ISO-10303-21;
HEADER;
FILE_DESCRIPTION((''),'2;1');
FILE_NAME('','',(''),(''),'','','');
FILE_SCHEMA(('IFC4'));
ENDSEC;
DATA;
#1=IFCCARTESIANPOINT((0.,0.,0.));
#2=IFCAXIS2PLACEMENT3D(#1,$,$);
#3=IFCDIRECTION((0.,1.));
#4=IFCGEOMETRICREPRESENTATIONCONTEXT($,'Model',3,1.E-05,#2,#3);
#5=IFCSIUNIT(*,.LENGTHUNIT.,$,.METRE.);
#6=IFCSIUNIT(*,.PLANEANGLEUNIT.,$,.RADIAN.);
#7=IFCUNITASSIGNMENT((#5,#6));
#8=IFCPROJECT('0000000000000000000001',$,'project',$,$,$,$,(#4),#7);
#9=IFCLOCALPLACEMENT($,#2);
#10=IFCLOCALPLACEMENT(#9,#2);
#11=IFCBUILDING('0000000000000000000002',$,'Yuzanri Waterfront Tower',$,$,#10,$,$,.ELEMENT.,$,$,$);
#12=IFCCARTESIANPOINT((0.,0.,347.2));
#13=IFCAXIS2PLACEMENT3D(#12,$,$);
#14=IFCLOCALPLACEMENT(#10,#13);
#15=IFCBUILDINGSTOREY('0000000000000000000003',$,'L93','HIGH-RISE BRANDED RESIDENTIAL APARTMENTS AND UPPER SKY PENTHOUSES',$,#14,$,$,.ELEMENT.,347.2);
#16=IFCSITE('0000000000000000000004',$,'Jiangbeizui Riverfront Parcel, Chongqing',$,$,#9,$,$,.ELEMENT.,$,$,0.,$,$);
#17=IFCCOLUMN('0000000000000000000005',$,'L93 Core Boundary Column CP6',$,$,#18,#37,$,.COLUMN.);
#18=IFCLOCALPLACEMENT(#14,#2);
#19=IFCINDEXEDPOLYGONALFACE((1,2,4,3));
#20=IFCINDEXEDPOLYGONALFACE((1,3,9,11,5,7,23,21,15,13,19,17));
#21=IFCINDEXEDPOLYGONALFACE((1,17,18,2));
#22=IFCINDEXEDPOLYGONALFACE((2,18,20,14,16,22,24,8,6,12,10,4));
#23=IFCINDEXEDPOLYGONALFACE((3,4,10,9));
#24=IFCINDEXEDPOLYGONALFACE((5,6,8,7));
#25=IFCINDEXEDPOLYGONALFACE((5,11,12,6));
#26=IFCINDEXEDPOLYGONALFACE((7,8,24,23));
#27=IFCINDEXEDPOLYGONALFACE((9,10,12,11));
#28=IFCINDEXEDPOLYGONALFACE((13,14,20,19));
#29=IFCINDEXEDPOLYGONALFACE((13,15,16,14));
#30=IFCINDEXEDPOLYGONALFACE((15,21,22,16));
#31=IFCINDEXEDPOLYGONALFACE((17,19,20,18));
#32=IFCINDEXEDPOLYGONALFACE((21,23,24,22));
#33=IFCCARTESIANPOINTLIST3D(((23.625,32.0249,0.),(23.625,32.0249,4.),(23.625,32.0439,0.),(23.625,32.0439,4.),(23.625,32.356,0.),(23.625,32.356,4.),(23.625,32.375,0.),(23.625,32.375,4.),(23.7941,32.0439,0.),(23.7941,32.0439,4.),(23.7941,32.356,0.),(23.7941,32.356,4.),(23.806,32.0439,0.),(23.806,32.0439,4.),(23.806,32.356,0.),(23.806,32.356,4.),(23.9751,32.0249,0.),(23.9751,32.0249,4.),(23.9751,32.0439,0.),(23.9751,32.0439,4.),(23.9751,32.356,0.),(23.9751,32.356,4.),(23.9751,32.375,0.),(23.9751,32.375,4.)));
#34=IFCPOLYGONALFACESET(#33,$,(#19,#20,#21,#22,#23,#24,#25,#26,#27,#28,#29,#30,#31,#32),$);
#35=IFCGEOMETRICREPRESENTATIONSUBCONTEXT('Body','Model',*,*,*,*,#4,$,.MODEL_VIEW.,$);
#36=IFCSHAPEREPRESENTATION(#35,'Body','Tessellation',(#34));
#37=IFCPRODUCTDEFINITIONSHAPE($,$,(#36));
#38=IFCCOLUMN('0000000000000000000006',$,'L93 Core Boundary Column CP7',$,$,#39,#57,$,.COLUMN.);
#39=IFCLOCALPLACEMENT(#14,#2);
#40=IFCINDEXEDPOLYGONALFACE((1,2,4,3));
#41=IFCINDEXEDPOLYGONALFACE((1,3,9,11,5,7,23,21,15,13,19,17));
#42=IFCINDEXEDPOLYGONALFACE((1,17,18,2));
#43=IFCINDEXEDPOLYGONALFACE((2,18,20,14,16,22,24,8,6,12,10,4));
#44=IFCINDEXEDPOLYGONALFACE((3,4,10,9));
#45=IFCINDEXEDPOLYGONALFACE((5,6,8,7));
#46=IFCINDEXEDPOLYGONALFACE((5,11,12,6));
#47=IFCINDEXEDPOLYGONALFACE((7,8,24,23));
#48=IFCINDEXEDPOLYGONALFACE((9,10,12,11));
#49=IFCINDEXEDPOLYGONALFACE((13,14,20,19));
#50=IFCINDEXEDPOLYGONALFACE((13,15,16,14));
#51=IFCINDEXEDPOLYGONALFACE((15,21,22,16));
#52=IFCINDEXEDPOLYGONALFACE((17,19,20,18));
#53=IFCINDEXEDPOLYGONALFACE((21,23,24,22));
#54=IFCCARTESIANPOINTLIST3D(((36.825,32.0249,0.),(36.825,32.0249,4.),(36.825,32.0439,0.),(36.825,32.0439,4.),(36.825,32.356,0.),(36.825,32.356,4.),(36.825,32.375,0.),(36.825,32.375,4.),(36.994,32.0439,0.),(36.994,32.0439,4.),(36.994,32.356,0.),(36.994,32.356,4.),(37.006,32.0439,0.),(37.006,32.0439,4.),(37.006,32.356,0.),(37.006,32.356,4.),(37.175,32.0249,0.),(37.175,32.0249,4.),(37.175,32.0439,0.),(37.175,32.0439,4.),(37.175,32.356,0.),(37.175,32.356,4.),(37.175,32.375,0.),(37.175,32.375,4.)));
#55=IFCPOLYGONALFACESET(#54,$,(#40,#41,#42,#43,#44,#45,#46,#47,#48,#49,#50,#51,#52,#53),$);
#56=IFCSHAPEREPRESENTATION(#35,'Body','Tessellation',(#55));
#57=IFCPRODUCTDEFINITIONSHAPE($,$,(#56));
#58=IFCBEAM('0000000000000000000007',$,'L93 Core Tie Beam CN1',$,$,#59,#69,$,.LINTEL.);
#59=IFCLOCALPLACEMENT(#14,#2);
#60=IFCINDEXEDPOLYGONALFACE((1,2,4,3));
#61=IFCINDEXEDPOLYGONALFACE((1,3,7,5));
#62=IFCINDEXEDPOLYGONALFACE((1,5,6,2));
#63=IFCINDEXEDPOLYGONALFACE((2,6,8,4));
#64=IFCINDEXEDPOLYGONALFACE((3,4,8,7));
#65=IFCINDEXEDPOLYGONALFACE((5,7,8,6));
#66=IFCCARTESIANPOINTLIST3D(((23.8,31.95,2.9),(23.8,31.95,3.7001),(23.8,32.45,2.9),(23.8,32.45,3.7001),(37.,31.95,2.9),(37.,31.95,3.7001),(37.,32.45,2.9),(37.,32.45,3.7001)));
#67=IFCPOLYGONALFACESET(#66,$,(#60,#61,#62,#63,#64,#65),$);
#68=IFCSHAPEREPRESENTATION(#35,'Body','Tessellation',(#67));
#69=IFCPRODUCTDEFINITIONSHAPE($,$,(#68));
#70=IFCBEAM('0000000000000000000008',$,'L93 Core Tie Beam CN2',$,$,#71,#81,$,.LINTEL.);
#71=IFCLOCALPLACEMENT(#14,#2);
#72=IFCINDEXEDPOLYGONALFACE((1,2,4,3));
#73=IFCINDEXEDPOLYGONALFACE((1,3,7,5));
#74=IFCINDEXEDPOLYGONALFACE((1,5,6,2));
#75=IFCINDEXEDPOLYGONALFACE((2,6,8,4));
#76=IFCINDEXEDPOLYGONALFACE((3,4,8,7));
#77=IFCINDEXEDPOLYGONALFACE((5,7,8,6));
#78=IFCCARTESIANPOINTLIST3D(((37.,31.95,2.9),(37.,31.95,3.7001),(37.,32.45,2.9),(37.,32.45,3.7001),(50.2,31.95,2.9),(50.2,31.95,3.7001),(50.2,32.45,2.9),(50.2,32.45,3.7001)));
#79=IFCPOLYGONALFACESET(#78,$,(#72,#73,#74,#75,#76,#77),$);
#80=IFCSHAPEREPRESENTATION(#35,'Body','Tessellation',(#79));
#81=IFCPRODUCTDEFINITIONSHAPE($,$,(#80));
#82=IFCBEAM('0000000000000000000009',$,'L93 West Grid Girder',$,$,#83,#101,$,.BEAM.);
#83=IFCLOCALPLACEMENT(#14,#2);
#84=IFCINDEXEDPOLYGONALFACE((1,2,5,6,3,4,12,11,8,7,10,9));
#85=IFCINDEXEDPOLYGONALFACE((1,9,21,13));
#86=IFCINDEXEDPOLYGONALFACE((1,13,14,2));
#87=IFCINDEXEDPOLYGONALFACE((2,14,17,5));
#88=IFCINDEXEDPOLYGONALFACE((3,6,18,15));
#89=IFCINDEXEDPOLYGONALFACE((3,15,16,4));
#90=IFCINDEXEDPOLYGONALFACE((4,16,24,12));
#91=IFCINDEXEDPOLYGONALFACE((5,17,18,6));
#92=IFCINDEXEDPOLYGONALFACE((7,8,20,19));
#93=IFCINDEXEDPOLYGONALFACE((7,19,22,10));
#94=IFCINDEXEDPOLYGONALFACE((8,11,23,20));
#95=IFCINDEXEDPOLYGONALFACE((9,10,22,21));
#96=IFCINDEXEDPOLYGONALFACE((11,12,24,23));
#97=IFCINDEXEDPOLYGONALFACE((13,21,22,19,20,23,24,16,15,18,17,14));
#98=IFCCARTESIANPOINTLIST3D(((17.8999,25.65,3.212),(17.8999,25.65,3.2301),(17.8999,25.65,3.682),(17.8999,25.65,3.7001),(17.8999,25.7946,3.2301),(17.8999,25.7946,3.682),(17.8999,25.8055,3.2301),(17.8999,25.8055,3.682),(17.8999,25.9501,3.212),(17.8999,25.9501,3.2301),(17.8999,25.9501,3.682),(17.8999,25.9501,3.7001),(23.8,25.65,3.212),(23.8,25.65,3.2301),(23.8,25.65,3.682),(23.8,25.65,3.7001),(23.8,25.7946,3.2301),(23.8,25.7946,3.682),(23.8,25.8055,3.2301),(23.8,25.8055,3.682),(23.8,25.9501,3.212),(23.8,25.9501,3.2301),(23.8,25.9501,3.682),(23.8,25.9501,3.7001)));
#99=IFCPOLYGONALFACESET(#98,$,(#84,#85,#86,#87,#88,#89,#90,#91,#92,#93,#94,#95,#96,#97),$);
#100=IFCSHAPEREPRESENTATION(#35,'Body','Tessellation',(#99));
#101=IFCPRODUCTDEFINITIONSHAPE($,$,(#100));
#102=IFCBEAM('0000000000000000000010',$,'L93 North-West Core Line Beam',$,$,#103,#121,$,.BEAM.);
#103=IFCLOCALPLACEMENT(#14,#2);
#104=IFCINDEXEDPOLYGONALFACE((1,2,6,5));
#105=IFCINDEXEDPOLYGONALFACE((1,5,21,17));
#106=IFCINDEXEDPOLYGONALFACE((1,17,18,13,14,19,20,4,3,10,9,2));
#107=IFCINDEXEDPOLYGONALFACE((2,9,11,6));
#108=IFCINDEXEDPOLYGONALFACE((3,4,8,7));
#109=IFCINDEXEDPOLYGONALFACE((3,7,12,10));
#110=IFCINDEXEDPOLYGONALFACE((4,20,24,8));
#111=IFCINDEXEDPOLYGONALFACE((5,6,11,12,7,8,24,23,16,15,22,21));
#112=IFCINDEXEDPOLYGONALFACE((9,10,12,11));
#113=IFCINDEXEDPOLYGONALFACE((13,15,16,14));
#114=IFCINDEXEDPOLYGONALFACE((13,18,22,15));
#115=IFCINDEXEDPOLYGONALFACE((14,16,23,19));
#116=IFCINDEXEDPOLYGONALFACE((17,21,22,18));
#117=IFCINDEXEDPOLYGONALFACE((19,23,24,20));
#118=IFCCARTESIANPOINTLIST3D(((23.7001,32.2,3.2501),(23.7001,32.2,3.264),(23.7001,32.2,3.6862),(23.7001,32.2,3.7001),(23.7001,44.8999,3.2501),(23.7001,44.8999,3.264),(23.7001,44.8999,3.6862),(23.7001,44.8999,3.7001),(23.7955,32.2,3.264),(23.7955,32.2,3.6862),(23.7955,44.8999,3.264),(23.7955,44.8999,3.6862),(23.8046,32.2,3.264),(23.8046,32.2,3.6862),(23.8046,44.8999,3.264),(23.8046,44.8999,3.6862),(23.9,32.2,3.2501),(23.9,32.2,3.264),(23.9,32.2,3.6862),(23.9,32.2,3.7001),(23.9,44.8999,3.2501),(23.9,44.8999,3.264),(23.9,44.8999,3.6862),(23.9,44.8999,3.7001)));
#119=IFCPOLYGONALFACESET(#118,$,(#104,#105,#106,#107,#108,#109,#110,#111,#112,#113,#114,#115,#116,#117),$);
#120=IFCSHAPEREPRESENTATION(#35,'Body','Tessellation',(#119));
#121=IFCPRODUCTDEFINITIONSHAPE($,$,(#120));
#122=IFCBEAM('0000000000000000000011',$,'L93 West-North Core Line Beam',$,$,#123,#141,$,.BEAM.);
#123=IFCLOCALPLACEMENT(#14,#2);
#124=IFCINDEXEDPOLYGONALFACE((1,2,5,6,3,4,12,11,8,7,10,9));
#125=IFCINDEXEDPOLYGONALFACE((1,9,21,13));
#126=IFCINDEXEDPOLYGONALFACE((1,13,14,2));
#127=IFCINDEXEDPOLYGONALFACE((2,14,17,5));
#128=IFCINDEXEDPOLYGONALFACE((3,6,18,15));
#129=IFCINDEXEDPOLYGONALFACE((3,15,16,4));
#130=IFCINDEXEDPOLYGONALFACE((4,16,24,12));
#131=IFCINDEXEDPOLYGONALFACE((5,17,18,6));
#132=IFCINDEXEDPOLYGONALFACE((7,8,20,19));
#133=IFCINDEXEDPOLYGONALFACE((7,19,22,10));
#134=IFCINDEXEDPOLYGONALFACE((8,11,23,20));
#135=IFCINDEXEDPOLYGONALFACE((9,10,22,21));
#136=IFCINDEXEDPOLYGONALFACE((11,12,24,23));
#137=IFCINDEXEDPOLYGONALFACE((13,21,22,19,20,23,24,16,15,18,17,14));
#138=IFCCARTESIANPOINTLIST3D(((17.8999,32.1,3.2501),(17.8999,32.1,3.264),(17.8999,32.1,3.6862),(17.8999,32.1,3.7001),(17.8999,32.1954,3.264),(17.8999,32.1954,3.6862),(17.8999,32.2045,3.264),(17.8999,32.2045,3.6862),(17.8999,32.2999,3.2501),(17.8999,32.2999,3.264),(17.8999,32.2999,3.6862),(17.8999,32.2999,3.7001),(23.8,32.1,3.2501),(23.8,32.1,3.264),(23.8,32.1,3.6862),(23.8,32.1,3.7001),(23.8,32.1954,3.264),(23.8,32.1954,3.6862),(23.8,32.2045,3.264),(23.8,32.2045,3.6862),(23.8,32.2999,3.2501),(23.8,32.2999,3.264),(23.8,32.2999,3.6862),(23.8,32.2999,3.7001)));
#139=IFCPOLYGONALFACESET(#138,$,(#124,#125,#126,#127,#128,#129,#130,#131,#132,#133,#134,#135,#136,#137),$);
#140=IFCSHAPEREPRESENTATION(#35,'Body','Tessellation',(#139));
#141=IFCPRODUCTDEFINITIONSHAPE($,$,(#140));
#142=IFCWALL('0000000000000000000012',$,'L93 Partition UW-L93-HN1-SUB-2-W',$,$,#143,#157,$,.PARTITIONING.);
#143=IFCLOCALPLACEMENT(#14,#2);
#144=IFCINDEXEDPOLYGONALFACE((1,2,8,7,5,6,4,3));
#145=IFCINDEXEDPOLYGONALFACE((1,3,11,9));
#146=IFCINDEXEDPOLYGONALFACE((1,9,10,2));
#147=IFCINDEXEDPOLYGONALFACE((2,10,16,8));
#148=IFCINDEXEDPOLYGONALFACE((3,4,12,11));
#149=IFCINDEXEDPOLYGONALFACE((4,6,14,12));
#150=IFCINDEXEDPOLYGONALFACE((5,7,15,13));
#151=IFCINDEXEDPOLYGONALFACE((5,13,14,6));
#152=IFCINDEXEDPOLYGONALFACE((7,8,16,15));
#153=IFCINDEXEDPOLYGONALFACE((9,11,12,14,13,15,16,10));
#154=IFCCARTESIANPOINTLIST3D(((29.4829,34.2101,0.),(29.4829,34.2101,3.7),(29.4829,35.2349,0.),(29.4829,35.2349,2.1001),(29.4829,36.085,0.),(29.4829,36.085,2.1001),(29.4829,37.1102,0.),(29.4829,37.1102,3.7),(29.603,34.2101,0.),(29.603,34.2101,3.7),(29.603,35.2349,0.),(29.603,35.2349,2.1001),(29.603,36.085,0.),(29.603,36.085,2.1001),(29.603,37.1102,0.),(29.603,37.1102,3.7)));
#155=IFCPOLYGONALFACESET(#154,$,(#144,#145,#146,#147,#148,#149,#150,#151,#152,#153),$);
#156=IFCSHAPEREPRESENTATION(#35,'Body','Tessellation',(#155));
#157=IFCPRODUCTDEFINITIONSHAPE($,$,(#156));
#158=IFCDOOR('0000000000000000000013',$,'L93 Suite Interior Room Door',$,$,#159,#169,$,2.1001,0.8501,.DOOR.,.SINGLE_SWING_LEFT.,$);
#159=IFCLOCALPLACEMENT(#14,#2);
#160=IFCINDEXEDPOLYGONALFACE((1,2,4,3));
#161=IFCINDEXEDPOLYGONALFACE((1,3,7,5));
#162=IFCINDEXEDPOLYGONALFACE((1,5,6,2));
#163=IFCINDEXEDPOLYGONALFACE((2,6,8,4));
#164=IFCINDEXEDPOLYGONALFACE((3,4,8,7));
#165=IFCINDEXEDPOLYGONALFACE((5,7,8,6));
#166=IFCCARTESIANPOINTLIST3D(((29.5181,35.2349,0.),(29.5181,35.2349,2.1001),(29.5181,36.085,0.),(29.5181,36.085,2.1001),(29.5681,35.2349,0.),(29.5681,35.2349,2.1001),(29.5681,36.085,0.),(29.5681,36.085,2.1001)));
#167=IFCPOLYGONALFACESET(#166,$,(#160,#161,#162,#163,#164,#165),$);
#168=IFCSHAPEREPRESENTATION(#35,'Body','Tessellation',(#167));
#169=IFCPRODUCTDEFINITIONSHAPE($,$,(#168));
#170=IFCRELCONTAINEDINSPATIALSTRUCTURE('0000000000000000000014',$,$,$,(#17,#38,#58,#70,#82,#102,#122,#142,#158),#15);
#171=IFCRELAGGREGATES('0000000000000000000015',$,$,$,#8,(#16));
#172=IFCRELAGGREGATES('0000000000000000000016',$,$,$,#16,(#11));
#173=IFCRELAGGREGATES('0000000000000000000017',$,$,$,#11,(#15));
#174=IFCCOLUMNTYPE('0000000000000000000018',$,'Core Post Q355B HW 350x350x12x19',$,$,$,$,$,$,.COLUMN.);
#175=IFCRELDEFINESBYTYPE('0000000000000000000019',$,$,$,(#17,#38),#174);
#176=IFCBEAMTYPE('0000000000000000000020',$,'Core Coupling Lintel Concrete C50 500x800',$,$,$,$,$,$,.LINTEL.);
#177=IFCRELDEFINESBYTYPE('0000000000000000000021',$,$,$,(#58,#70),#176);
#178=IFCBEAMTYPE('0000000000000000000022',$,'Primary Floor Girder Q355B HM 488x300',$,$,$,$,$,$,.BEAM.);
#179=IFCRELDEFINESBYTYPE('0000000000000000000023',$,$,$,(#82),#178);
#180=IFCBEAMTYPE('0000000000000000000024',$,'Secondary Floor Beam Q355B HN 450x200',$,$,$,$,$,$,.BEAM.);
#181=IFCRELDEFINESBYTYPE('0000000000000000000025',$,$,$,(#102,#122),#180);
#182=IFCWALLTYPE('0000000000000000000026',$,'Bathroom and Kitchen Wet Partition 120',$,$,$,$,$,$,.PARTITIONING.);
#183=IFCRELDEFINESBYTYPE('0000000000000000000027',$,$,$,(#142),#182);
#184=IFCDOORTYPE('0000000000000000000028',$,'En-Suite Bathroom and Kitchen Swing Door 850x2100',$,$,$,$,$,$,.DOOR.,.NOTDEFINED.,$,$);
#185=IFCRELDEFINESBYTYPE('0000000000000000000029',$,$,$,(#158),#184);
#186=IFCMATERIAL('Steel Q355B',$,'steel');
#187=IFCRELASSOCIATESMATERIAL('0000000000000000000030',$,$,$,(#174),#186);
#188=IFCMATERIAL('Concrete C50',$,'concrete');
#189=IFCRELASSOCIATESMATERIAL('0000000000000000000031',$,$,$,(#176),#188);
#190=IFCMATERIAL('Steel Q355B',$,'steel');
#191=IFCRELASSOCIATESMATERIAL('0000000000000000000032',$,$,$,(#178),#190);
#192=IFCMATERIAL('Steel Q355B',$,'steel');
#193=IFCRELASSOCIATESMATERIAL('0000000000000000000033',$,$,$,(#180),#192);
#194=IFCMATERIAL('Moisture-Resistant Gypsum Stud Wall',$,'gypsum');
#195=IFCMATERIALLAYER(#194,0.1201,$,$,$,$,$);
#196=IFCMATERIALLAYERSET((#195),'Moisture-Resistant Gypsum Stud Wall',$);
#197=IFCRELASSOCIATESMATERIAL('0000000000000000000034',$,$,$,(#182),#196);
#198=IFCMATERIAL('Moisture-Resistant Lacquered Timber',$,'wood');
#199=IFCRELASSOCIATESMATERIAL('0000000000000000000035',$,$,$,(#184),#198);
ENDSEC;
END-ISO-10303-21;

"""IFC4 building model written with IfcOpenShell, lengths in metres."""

from ifc_helpers import new_model, si_unit, direction, frame, frame_2d, origin, origin_2d, place, context, subcontext, project, spatial, rectangle, i_section, extrude, source, transform, mapped, material, layer, layer_set, material_profile, profile_set, type_object, element, fill, save


model = new_model("IFC4")

# Units and contexts
model_context = context("Model", 3, precision=1e-05, world=origin(), true_north=direction((0.0, 1.0)))
body_context = subcontext(model_context, "Body", "Model", "MODEL_VIEW")
ifc_project = project(units=[si_unit("LENGTHUNIT", "METRE"), si_unit("PLANEANGLEUNIT", "RADIAN")], contexts=[model_context])

# Site, building, storey
site_placement = place(None, origin())
site = spatial("IfcSite", under=ifc_project, at=site_placement, Name="Jiangbeizui Riverfront Parcel, Chongqing", CompositionType="ELEMENT", RefElevation=0.0)
building_placement = place(site_placement, origin())
building = spatial("IfcBuilding", under=site, at=building_placement, Name="Yuzanri Waterfront Tower", CompositionType="ELEMENT")
storey_placement = place(building_placement, frame((0.0, 0.0, 347.2)))
storey = spatial("IfcBuildingStorey", under=building, at=storey_placement, Name="L93", Description="HIGH-RISE BRANDED RESIDENTIAL APARTMENTS AND UPPER SKY PENTHOUSES", CompositionType="ELEMENT", Elevation=347.2)

# Columns
ifc_material_1 = material(Name="Steel Q355B", Category="steel")
ifc_material_profile_1 = material_profile(ifc_material_1, i_section(OverallWidth=0.3501, OverallDepth=0.3501, WebThickness=0.012, FlangeThickness=0.019, at=origin_2d()), Name="HW 350x350x12x19")
ifc_profile_set_1 = profile_set([ifc_material_profile_1], Name="Steel Q355B")
column_type = type_object("IfcColumnType", Name="Core Post Q355B HW 350x350x12x19", PredefinedType="COLUMN", material=ifc_profile_set_1)
shared_shape_1 = source(origin(), body_context, "Body", "SweptSolid", [
    extrude(i_section(OverallWidth=0.3501, OverallDepth=0.3501, WebThickness=0.012, FlangeThickness=0.019, at=origin_2d()), origin(), (0.0, 0.0, 1.0), 4.0),
])
for number, where, z_axis, x_axis, name in (
    (1, (23.8, 32.2, 0.0), (0.0, 0.0, 1.0), (1.0, 0.0, 0.0), "L93 Core Boundary Column CP6"),
    (2, (37.0, 32.2, 0.0), (0.0, 0.0, 1.0), (1.0, 0.0, 0.0), "L93 Core Boundary Column CP7"),
):
    element("IfcColumn", number, at=place(storey_placement, frame(where, z_axis=z_axis, x_axis=x_axis)), inside=storey, type_object=column_type, Name=name, PredefinedType="COLUMN", context=body_context, shape_type="MappedRepresentation", body=[
        mapped(shared_shape_1, transform((0.0, 0.0, 0.0), scale=1.0)),
    ])

# Beams
ifc_material_2 = material(Name="Concrete C50", Category="concrete")
ifc_material_profile_2 = material_profile(ifc_material_2, rectangle(XDim=0.5, YDim=0.8, at=origin_2d()), Name="RC 500x800")
ifc_profile_set_2 = profile_set([ifc_material_profile_2], Name="Concrete C50")
beam_type_1 = type_object("IfcBeamType", Name="Core Coupling Lintel Concrete C50 500x800", PredefinedType="LINTEL", material=ifc_profile_set_2)
shared_shape_2 = source(origin(), body_context, "Body", "SweptSolid", [
    extrude(rectangle(XDim=0.5, YDim=0.8, at=origin_2d()), origin(), (0.0, 0.0, 1.0), 13.2),
])
for number, where, z_axis, x_axis, name in (
    (3, (23.8, 32.2, 3.3), (1.0, 0.0, 0.0), (0.0, 1.0, 0.0), "L93 Core Tie Beam CN1"),
    (4, (37.0, 32.2, 3.3), (1.0, 0.0, 0.0), (0.0, 1.0, 0.0), "L93 Core Tie Beam CN2"),
):
    element("IfcBeam", number, at=place(storey_placement, frame(where, z_axis=z_axis, x_axis=x_axis)), inside=storey, type_object=beam_type_1, Name=name, PredefinedType="LINTEL", context=body_context, shape_type="MappedRepresentation", body=[
        mapped(shared_shape_2, transform((0.0, 0.0, 0.0), scale=1.0)),
    ])
ifc_material_3 = material(Name="Steel Q355B", Category="steel")
ifc_material_profile_3 = material_profile(ifc_material_3, i_section(OverallWidth=0.3, OverallDepth=0.488, WebThickness=0.011, FlangeThickness=0.0181, at=origin_2d()), Name="HM 488x300x11x18")
ifc_profile_set_3 = profile_set([ifc_material_profile_3], Name="Steel Q355B")
beam_type_2 = type_object("IfcBeamType", Name="Primary Floor Girder Q355B HM 488x300", PredefinedType="BEAM", material=ifc_profile_set_3)
shared_shape_3 = source(origin(), body_context, "Body", "SweptSolid", [
    extrude(i_section(OverallWidth=0.3, OverallDepth=0.488, WebThickness=0.011, FlangeThickness=0.0181, at=origin_2d()), origin(), (0.0, 0.0, 1.0), 5.9001),
])
beam_1_placement = place(storey_placement, frame((23.8, 25.8, 3.4561), z_axis=(-1.0, 0.0, 0.0), x_axis=(0.0, -1.0, 0.0)))
element("IfcBeam", 5, at=beam_1_placement, inside=storey, type_object=beam_type_2, Name="L93 West Grid Girder", PredefinedType="BEAM", context=body_context, shape_type="MappedRepresentation", body=[
    mapped(shared_shape_3, transform((0.0, 0.0, 0.0), scale=1.0)),
])
ifc_material_4 = material(Name="Steel Q355B", Category="steel")
ifc_material_profile_4 = material_profile(ifc_material_4, i_section(OverallWidth=0.2, OverallDepth=0.45, WebThickness=0.009, FlangeThickness=0.0139, at=origin_2d()), Name="HN 450x200x9x14")
ifc_profile_set_4 = profile_set([ifc_material_profile_4], Name="Steel Q355B")
beam_type_3 = type_object("IfcBeamType", Name="Secondary Floor Beam Q355B HN 450x200", PredefinedType="BEAM", material=ifc_profile_set_4)
shared_shape_4 = source(origin(), body_context, "Body", "SweptSolid", [
    extrude(i_section(OverallWidth=0.2, OverallDepth=0.45, WebThickness=0.009, FlangeThickness=0.0139, at=origin_2d()), origin(), (0.0, 0.0, 1.0), 12.7),
])
beam_2_placement = place(storey_placement, frame((23.8, 32.2, 3.4751), z_axis=(0.0, 1.0, 0.0), x_axis=(-1.0, 0.0, 0.0)))
element("IfcBeam", 6, at=beam_2_placement, inside=storey, type_object=beam_type_3, Name="L93 North-West Core Line Beam", PredefinedType="BEAM", context=body_context, shape_type="MappedRepresentation", body=[
    mapped(shared_shape_4, transform((0.0, 0.0, 0.0), scale=1.0)),
])
shared_shape_5 = source(origin(), body_context, "Body", "SweptSolid", [
    extrude(i_section(OverallWidth=0.2, OverallDepth=0.45, WebThickness=0.009, FlangeThickness=0.0139, at=origin_2d()), origin(), (0.0, 0.0, 1.0), 5.9001),
])
beam_3_placement = place(storey_placement, frame((23.8, 32.2, 3.4751), z_axis=(-1.0, 0.0, 0.0), x_axis=(0.0, -1.0, 0.0)))
element("IfcBeam", 7, at=beam_3_placement, inside=storey, type_object=beam_type_3, Name="L93 West-North Core Line Beam", PredefinedType="BEAM", context=body_context, shape_type="MappedRepresentation", body=[
    mapped(shared_shape_5, transform((0.0, 0.0, 0.0), scale=1.0)),
])

# Wall, opening, door
ifc_material_5 = material(Name="Moisture-Resistant Gypsum Stud Wall", Category="gypsum")
ifc_layer_1 = layer(ifc_material_5, 0.1201)
ifc_layer_set_1 = layer_set([ifc_layer_1], Name="Moisture-Resistant Gypsum Stud Wall")
wall_type_1 = type_object("IfcWallType", Name="Bathroom and Kitchen Wet Partition 120", PredefinedType="PARTITIONING", material=ifc_layer_set_1)
wall_1_placement = place(storey_placement, frame((29.543, 34.21, 0.0), z_axis=(0.0, 0.0, 1.0), x_axis=(0.0, 1.0, 0.0)))
wall_1 = element("IfcWall", 8, at=wall_1_placement, inside=storey, type_object=wall_type_1, Name="L93 Partition UW-L93-HN1-SUB-2-W", PredefinedType="PARTITIONING", context=body_context, shape_type="SweptSolid", body=[
    extrude(rectangle(XDim=2.9001, YDim=0.1201, at=frame_2d((1.4502, 0.0))), origin(), (0.0, 0.0, 1.0), 3.7),
])
opening_1_placement = place(wall_1_placement, frame((1.0249, 0.0, 0.0)))
opening_1 = element("IfcOpeningElement", 9, at=opening_1_placement, cuts=wall_1, PredefinedType="OPENING", context=body_context, shape_type="SweptSolid", body=[
    extrude(rectangle(XDim=0.8501, YDim=2.1001, at=frame_2d((0.425, 1.05))), frame((0.0, 0.075, 0.0), z_axis=(0.0, -1.0, 0.0), x_axis=(1.0, 0.0, 0.0)), (0.0, 0.0, 1.0), 0.1499),
])
ifc_material_6 = material(Name="Moisture-Resistant Lacquered Timber", Category="wood")
door_type_1 = type_object("IfcDoorType", Name="En-Suite Bathroom and Kitchen Swing Door 850x2100", OperationType="NOTDEFINED", PredefinedType="DOOR", material=ifc_material_6)
shared_shape_6 = source(origin(), body_context, "Body", "SweptSolid", [
    extrude(rectangle(XDim=0.8501, YDim=2.1001, at=frame_2d((0.425, 1.05))), frame((0.0, 0.0249, 0.0), z_axis=(0.0, -1.0, 0.0), x_axis=(1.0, 0.0, 0.0)), (0.0, 0.0, 1.0), 0.05),
])
door_1_placement = place(opening_1_placement, origin())
door_1 = element("IfcDoor", 10, at=door_1_placement, inside=storey, type_object=door_type_1, Name="L93 Suite Interior Room Door", OperationType="SINGLE_SWING_LEFT", OverallHeight=2.1001, OverallWidth=0.8501, PredefinedType="DOOR", context=body_context, shape_type="MappedRepresentation", body=[
    mapped(shared_shape_6, transform((0.0, 0.0, 0.0), scale=1.0)),
])
fill(opening_1, door_1)

save(model, "model.ifc")
